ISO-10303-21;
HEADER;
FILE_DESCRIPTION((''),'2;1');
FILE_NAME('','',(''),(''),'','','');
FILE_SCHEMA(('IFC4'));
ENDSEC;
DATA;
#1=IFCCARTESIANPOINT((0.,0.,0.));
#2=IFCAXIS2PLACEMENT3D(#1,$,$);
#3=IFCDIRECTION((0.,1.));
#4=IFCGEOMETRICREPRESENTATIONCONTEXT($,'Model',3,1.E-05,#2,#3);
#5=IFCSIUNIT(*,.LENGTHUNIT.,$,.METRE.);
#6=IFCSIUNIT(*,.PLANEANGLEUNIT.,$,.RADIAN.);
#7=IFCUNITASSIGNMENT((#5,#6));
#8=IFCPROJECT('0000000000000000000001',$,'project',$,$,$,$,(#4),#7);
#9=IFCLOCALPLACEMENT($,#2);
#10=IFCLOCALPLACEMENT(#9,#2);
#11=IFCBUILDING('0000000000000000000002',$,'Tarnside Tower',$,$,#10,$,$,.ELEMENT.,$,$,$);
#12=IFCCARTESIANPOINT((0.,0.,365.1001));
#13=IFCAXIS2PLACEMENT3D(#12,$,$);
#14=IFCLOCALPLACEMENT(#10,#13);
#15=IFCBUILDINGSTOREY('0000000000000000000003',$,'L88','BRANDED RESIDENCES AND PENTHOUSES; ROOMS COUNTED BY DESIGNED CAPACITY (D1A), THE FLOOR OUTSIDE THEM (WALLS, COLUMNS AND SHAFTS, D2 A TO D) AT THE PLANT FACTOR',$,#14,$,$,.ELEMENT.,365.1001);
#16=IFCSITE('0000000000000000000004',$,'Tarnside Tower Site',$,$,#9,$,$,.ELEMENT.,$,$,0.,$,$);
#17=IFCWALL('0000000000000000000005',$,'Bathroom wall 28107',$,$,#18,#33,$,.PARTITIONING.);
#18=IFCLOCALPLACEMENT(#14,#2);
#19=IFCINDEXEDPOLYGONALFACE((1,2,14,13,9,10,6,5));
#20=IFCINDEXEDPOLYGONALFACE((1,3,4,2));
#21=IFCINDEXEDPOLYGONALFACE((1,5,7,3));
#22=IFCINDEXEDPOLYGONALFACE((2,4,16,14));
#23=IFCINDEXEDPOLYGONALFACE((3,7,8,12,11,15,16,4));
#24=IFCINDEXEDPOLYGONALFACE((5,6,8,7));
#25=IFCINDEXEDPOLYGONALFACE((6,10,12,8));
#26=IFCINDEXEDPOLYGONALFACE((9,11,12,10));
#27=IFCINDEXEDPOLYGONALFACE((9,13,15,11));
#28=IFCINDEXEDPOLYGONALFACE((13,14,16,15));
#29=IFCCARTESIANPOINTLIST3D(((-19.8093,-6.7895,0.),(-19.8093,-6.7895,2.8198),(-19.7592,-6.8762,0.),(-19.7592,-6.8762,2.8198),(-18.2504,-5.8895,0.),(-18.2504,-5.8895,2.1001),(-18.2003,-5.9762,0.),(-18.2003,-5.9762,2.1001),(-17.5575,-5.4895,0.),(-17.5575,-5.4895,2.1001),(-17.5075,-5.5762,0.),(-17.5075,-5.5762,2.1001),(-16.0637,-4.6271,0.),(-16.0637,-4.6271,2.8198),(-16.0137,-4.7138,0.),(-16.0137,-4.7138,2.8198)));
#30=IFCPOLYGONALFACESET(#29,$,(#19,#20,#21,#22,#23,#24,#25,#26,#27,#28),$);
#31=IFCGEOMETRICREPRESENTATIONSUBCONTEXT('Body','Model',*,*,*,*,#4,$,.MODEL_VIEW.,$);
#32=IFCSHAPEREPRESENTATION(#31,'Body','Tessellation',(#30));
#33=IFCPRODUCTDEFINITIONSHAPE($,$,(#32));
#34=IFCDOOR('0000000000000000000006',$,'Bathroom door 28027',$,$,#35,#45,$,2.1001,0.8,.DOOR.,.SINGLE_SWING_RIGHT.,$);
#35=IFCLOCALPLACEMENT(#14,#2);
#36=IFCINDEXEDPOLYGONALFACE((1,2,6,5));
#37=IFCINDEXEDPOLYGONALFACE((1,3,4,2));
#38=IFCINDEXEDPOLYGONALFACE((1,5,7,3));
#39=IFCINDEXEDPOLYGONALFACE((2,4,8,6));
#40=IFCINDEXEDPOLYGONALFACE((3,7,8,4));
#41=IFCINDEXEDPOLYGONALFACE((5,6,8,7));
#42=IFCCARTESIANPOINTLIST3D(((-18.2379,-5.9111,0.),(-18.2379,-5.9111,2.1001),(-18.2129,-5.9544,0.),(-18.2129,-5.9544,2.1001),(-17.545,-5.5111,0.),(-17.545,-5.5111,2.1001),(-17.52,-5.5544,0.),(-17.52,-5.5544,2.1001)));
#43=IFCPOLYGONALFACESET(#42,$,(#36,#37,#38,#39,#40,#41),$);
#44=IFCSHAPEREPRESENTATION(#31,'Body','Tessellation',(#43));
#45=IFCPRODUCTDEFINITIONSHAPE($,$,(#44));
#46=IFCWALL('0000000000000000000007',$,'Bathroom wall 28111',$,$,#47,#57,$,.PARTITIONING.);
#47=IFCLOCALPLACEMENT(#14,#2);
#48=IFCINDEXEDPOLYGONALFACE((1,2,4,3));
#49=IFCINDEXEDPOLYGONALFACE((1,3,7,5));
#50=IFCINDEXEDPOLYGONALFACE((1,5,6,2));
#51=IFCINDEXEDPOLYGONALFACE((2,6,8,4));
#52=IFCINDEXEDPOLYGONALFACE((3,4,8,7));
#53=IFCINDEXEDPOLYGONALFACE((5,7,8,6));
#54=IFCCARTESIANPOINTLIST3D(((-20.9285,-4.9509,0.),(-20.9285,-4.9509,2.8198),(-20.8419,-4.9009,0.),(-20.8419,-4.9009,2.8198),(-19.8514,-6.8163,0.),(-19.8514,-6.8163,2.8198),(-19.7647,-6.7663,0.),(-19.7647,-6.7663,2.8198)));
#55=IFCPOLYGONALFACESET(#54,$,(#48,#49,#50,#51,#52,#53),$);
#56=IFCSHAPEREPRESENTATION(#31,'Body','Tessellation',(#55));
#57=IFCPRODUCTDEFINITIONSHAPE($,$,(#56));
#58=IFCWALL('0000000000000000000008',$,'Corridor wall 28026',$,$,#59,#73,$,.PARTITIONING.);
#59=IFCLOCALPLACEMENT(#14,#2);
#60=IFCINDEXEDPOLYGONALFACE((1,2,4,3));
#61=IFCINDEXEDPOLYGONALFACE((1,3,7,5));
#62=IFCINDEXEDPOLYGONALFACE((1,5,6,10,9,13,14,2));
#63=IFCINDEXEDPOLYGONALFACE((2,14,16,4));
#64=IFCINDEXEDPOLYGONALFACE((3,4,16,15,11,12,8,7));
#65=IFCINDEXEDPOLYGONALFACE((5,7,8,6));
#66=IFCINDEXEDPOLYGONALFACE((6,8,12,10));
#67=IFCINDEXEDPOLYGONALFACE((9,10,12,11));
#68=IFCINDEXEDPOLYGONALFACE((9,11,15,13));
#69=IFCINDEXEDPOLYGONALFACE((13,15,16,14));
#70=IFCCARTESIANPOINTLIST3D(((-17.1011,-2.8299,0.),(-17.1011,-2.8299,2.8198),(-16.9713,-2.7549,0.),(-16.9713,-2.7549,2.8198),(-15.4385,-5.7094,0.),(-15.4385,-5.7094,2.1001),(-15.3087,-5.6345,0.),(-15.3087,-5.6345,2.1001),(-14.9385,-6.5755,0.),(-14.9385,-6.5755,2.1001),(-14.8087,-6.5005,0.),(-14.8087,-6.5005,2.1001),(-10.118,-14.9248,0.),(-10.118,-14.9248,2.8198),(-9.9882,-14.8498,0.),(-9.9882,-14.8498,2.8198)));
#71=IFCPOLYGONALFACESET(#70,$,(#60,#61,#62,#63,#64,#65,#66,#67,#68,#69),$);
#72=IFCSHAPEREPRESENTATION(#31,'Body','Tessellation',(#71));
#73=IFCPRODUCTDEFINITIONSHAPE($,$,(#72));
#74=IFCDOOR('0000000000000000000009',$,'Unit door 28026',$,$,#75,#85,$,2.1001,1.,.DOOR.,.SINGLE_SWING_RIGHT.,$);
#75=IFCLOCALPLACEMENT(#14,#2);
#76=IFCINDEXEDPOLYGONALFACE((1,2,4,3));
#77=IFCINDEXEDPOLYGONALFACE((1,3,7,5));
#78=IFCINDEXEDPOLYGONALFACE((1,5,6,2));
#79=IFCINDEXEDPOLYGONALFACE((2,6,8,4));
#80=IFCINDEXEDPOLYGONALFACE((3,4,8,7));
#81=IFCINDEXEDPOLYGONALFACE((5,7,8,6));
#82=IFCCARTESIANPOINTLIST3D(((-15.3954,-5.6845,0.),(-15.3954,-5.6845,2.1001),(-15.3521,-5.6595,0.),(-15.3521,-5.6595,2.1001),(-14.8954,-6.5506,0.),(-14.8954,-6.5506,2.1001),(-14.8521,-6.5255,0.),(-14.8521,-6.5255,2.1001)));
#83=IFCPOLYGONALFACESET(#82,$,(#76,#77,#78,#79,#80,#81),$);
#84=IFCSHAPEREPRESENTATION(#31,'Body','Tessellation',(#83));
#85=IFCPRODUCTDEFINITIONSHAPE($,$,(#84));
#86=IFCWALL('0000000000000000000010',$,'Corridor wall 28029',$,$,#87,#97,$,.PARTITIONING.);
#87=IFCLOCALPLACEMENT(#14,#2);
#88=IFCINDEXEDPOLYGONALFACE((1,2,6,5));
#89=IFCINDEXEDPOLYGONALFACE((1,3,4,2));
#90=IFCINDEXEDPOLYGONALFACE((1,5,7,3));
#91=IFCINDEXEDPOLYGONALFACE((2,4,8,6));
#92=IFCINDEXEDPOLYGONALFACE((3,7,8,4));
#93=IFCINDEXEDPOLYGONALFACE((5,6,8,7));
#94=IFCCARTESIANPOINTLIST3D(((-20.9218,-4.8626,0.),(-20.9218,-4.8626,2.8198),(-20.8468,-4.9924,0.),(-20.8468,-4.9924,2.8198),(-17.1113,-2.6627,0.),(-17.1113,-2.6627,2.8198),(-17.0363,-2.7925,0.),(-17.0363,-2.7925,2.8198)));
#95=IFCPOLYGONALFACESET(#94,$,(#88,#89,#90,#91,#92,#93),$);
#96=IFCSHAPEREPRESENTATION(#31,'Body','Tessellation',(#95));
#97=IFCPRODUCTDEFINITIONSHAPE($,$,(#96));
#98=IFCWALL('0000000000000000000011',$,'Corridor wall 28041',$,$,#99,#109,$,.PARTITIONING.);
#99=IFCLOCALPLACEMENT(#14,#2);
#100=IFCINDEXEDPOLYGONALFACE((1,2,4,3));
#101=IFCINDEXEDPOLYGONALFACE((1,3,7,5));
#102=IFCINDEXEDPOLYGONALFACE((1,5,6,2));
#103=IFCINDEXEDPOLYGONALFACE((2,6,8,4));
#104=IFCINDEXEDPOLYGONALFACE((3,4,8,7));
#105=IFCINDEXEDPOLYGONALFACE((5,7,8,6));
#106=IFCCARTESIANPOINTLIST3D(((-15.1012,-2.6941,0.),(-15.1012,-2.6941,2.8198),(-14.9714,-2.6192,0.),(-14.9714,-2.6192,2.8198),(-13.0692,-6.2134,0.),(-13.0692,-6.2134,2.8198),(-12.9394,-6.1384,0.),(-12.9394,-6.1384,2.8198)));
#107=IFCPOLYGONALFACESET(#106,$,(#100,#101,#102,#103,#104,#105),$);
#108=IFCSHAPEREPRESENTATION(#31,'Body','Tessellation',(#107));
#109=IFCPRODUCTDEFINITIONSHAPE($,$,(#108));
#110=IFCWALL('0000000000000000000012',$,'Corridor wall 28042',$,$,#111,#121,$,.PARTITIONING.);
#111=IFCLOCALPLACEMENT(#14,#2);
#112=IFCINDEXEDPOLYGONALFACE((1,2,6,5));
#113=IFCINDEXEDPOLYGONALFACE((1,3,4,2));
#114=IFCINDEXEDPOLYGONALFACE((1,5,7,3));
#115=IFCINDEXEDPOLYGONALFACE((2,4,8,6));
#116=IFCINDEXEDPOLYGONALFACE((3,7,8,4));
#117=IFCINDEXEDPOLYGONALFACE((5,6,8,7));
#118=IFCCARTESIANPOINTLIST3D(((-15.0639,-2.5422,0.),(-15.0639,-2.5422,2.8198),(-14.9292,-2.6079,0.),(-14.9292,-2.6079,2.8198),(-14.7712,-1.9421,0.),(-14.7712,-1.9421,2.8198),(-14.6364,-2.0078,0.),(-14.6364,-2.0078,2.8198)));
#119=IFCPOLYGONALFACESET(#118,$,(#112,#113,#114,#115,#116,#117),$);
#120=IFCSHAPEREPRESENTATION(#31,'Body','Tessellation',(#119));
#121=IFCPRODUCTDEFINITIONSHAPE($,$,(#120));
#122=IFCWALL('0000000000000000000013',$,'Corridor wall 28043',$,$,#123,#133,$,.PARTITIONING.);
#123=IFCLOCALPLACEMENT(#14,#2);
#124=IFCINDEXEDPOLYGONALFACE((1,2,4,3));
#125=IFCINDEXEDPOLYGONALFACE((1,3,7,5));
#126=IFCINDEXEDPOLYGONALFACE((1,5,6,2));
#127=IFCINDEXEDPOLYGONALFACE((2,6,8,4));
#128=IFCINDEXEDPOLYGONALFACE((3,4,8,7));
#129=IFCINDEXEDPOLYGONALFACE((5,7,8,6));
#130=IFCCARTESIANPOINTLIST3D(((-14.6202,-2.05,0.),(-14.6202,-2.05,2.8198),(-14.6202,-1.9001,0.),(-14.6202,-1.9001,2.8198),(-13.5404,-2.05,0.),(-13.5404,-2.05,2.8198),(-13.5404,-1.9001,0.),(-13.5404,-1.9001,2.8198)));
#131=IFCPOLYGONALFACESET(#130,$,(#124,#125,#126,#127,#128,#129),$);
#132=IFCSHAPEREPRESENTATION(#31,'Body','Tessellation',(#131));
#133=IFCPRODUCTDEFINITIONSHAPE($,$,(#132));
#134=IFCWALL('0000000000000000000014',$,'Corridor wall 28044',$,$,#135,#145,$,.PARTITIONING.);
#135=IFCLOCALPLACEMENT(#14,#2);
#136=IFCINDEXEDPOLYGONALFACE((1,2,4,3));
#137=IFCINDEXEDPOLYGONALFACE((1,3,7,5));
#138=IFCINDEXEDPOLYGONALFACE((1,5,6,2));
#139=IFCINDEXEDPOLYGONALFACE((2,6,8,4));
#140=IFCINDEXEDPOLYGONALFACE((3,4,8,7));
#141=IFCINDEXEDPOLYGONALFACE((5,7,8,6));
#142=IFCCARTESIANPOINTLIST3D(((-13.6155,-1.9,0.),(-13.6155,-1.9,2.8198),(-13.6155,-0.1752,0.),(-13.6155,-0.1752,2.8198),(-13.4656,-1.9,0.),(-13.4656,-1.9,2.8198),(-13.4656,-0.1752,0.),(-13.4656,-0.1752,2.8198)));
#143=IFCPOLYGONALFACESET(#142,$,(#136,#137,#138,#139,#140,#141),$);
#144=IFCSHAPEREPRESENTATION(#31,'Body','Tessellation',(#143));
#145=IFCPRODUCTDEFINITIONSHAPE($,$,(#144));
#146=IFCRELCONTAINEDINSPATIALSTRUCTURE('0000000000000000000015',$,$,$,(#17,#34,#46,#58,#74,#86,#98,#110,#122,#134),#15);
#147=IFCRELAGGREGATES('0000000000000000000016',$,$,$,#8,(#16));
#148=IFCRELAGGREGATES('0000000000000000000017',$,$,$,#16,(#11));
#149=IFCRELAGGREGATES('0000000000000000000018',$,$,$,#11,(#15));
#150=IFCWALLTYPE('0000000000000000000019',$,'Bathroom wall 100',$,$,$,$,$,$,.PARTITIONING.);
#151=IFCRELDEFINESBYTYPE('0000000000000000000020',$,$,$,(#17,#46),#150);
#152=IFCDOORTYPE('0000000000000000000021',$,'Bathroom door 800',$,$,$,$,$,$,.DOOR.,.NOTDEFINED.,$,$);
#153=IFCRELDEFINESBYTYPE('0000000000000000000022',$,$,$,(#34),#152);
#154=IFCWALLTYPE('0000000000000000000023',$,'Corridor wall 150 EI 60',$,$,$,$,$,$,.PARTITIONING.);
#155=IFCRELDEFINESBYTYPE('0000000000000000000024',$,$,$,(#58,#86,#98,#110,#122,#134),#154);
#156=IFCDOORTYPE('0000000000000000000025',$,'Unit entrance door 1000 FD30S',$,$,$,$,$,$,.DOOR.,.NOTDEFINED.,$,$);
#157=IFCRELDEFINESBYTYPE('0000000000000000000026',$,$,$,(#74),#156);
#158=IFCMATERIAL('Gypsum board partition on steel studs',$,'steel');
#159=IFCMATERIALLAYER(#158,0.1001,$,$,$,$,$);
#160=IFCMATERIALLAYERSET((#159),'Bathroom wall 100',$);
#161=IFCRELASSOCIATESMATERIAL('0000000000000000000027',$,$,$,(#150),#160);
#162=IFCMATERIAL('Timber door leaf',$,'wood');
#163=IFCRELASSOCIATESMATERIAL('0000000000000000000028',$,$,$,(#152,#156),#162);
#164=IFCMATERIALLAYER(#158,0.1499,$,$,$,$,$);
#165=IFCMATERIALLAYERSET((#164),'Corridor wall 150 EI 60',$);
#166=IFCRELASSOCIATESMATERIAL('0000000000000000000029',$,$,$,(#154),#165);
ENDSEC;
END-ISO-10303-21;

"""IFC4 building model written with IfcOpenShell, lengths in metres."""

from ifc_helpers import new_model, si_unit, direction, frame, frame_2d, origin, place, context, subcontext, project, spatial, rectangle, extrude, material, layer, layer_set, type_object, element, fill, save


model = new_model("IFC4")

# Units and contexts
model_context = context("Model", 3, precision=1e-05, world=origin(), true_north=direction((0.0, 1.0)))
body_context = subcontext(model_context, "Body", "Model", "MODEL_VIEW")
ifc_project = project(units=[si_unit("LENGTHUNIT", "METRE"), si_unit("PLANEANGLEUNIT", "RADIAN")], contexts=[model_context])

# Site, building, storey
site_placement = place(None, origin())
site = spatial("IfcSite", under=ifc_project, at=site_placement, Name="Tarnside Tower Site", CompositionType="ELEMENT", RefElevation=0.0)
building_placement = place(site_placement, origin())
building = spatial("IfcBuilding", under=site, at=building_placement, Name="Tarnside Tower", CompositionType="ELEMENT")
storey_placement = place(building_placement, frame((0.0, 0.0, 365.1001)))
storey = spatial("IfcBuildingStorey", under=building, at=storey_placement, Name="L88", Description="BRANDED RESIDENCES AND PENTHOUSES; ROOMS COUNTED BY DESIGNED CAPACITY (D1A), THE FLOOR OUTSIDE THEM (WALLS, COLUMNS AND SHAFTS, D2 A TO D) AT THE PLANT FACTOR", CompositionType="ELEMENT", Elevation=365.1001)

# Wall, opening, door
ifc_material_1 = material(Name="Gypsum board partition on steel studs", Category="steel")
ifc_layer_1 = layer(ifc_material_1, 0.1001)
ifc_layer_set_1 = layer_set([ifc_layer_1], Name="Bathroom wall 100")
wall_type_1 = type_object("IfcWallType", Name="Bathroom wall 100", PredefinedType="PARTITIONING", material=ifc_layer_set_1)
wall_1_placement = place(storey_placement, frame((-16.0386, -4.6704, 0.0), z_axis=(0.0, 0.0, 1.0), x_axis=(-0.866043, -0.49997, 0.0)))
wall_1 = element("IfcWall", 1, at=wall_1_placement, inside=storey, type_object=wall_type_1, Name="Bathroom wall 28107", PredefinedType="PARTITIONING", context=body_context, shape_type="SweptSolid", body=[
    extrude(rectangle(XDim=4.325, YDim=0.1001, at=frame_2d((2.1626, 0.0))), origin(), (0.0, 0.0, 1.0), 2.8198),
])
opening_1_placement = place(wall_1_placement, frame((1.7251, 0.0, 0.0)))
opening_1 = element("IfcOpeningElement", 2, at=opening_1_placement, cuts=wall_1, PredefinedType="OPENING", context=body_context, shape_type="SweptSolid", body=[
    extrude(rectangle(XDim=0.8, YDim=2.1001, at=frame_2d((0.3999, 1.05))), frame((0.0, 0.0601, 0.0), z_axis=(0.0, -1.0, 0.0), x_axis=(1.0, 0.0, 0.0)), (0.0, 0.0, 1.0), 0.1201),
])
ifc_material_2 = material(Name="Timber door leaf", Category="wood")
door_type_1 = type_object("IfcDoorType", Name="Bathroom door 800", OperationType="NOTDEFINED", PredefinedType="DOOR", material=ifc_material_2)
door_1_placement = place(opening_1_placement, origin())
door_1 = element("IfcDoor", 3, at=door_1_placement, inside=storey, type_object=door_type_1, Name="Bathroom door 28027", OperationType="SINGLE_SWING_RIGHT", OverallHeight=2.1001, OverallWidth=0.8, PredefinedType="DOOR", context=body_context, shape_type="SweptSolid", body=[
    extrude(rectangle(XDim=0.8, YDim=2.1001, at=frame_2d((0.3999, 1.05))), frame((0.0, 0.0249, 0.0), z_axis=(0.0, -1.0, 0.0), x_axis=(1.0, 0.0, 0.0)), (0.0, 0.0, 1.0), 0.05),
])
fill(opening_1, door_1)

# Wall
wall_2_placement = place(storey_placement, frame((-20.8853, -4.9258, 0.0), z_axis=(0.0, 0.0, 1.0), x_axis=(0.50004, -0.866003, 0.0)))
element("IfcWall", 4, at=wall_2_placement, inside=storey, type_object=wall_type_1, Name="Bathroom wall 28111", PredefinedType="PARTITIONING", context=body_context, shape_type="SweptSolid", body=[
    extrude(rectangle(XDim=2.1541, YDim=0.1001, at=frame_2d((1.0771, 0.0))), origin(), (0.0, 0.0, 1.0), 2.8198),
])

# Wall, opening, door
ifc_layer_2 = layer(ifc_material_1, 0.1499)
ifc_layer_set_2 = layer_set([ifc_layer_2], Name="Corridor wall 150 EI 60")
wall_type_2 = type_object("IfcWallType", Name="Corridor wall 150 EI 60", PredefinedType="PARTITIONING", material=ifc_layer_set_2)
wall_3_placement = place(storey_placement, frame((-17.0361, -2.7925, 0.0), z_axis=(0.0, 0.0, 1.0), x_axis=(0.500006, -0.866022, 0.0)))
wall_3 = element("IfcWall", 5, at=wall_3_placement, inside=storey, type_object=wall_type_2, Name="Corridor wall 28026", PredefinedType="PARTITIONING", context=body_context, shape_type="SweptSolid", body=[
    extrude(rectangle(XDim=13.9661, YDim=0.1499, at=frame_2d((6.9829, 0.0))), origin(), (0.0, 0.0, 1.0), 2.8198),
])
opening_2_placement = place(wall_3_placement, frame((3.325, 0.0, 0.0)))
opening_2 = element("IfcOpeningElement", 6, at=opening_2_placement, cuts=wall_3, PredefinedType="OPENING", context=body_context, shape_type="SweptSolid", body=[
    extrude(rectangle(XDim=1.0, YDim=2.1001, at=frame_2d((0.5, 1.05))), frame((0.0, 0.085, 0.0), z_axis=(0.0, -1.0, 0.0), x_axis=(1.0, 0.0, 0.0)), (0.0, 0.0, 1.0), 0.1699),
])
door_type_2 = type_object("IfcDoorType", Name="Unit entrance door 1000 FD30S", OperationType="NOTDEFINED", PredefinedType="DOOR", material=ifc_material_2)
door_2_placement = place(opening_2_placement, origin())
door_2 = element("IfcDoor", 7, at=door_2_placement, inside=storey, type_object=door_type_2, Name="Unit door 28026", OperationType="SINGLE_SWING_RIGHT", OverallHeight=2.1001, OverallWidth=1.0, PredefinedType="DOOR", context=body_context, shape_type="SweptSolid", body=[
    extrude(rectangle(XDim=1.0, YDim=2.1001, at=frame_2d((0.5, 1.05))), frame((0.0, 0.0249, 0.0), z_axis=(0.0, -1.0, 0.0), x_axis=(1.0, 0.0, 0.0)), (0.0, 0.0, 1.0), 0.05),
])
fill(opening_2, door_2)

# Walls
wall_4_placement = place(storey_placement, frame((-20.8843, -4.9275, 0.0), z_axis=(0.0, 0.0, 1.0), x_axis=(0.866032, 0.499988, 0.0)))
element("IfcWall", 8, at=wall_4_placement, inside=storey, type_object=wall_type_2, Name="Corridor wall 28029", PredefinedType="PARTITIONING", context=body_context, shape_type="SweptSolid", body=[
    extrude(rectangle(XDim=4.3999, YDim=0.1499, at=frame_2d((2.2, 0.0))), origin(), (0.0, 0.0, 1.0), 2.8198),
])
wall_5_placement = place(storey_placement, frame((-13.0044, -6.1758, 0.0), z_axis=(0.0, 0.0, 1.0), x_axis=(-0.500022, 0.866013, 0.0)))
element("IfcWall", 9, at=wall_5_placement, inside=storey, type_object=wall_type_2, Name="Corridor wall 28041", PredefinedType="PARTITIONING", context=body_context, shape_type="SweptSolid", body=[
    extrude(rectangle(XDim=4.0637, YDim=0.1499, at=frame_2d((2.0317, 0.0))), origin(), (0.0, 0.0, 1.0), 2.8198),
])
wall_6_placement = place(storey_placement, frame((-14.9966, -2.5752, 0.0), z_axis=(0.0, 0.0, 1.0), x_axis=(0.438416, 0.898772, 0.0)))
element("IfcWall", 10, at=wall_6_placement, inside=storey, type_object=wall_type_2, Name="Corridor wall 28042", PredefinedType="PARTITIONING", context=body_context, shape_type="SweptSolid", body=[
    extrude(rectangle(XDim=0.6677, YDim=0.1499, at=frame_2d((0.334, 0.0))), origin(), (0.0, 0.0, 1.0), 2.8198),
])
wall_7_placement = place(storey_placement, frame((-14.6204, -1.9751, 0.0), z_axis=(0.0, 0.0, 1.0), x_axis=(1.0, 0.0, 0.0)))
element("IfcWall", 11, at=wall_7_placement, inside=storey, type_object=wall_type_2, Name="Corridor wall 28043", PredefinedType="PARTITIONING", context=body_context, shape_type="SweptSolid", body=[
    extrude(rectangle(XDim=1.0798, YDim=0.1499, at=frame_2d((0.54, 0.0))), origin(), (0.0, 0.0, 1.0), 2.8198),
])
wall_8_placement = place(storey_placement, frame((-13.5405, -1.8999, 0.0), z_axis=(0.0, 0.0, 1.0), x_axis=(0.0, 1.0, 0.0)))
element("IfcWall", 12, at=wall_8_placement, inside=storey, type_object=wall_type_2, Name="Corridor wall 28044", PredefinedType="PARTITIONING", context=body_context, shape_type="SweptSolid", body=[
    extrude(rectangle(XDim=1.7249, YDim=0.1499, at=frame_2d((0.8623, 0.0))), origin(), (0.0, 0.0, 1.0), 2.8198),
])

save(model, "model.ifc")
